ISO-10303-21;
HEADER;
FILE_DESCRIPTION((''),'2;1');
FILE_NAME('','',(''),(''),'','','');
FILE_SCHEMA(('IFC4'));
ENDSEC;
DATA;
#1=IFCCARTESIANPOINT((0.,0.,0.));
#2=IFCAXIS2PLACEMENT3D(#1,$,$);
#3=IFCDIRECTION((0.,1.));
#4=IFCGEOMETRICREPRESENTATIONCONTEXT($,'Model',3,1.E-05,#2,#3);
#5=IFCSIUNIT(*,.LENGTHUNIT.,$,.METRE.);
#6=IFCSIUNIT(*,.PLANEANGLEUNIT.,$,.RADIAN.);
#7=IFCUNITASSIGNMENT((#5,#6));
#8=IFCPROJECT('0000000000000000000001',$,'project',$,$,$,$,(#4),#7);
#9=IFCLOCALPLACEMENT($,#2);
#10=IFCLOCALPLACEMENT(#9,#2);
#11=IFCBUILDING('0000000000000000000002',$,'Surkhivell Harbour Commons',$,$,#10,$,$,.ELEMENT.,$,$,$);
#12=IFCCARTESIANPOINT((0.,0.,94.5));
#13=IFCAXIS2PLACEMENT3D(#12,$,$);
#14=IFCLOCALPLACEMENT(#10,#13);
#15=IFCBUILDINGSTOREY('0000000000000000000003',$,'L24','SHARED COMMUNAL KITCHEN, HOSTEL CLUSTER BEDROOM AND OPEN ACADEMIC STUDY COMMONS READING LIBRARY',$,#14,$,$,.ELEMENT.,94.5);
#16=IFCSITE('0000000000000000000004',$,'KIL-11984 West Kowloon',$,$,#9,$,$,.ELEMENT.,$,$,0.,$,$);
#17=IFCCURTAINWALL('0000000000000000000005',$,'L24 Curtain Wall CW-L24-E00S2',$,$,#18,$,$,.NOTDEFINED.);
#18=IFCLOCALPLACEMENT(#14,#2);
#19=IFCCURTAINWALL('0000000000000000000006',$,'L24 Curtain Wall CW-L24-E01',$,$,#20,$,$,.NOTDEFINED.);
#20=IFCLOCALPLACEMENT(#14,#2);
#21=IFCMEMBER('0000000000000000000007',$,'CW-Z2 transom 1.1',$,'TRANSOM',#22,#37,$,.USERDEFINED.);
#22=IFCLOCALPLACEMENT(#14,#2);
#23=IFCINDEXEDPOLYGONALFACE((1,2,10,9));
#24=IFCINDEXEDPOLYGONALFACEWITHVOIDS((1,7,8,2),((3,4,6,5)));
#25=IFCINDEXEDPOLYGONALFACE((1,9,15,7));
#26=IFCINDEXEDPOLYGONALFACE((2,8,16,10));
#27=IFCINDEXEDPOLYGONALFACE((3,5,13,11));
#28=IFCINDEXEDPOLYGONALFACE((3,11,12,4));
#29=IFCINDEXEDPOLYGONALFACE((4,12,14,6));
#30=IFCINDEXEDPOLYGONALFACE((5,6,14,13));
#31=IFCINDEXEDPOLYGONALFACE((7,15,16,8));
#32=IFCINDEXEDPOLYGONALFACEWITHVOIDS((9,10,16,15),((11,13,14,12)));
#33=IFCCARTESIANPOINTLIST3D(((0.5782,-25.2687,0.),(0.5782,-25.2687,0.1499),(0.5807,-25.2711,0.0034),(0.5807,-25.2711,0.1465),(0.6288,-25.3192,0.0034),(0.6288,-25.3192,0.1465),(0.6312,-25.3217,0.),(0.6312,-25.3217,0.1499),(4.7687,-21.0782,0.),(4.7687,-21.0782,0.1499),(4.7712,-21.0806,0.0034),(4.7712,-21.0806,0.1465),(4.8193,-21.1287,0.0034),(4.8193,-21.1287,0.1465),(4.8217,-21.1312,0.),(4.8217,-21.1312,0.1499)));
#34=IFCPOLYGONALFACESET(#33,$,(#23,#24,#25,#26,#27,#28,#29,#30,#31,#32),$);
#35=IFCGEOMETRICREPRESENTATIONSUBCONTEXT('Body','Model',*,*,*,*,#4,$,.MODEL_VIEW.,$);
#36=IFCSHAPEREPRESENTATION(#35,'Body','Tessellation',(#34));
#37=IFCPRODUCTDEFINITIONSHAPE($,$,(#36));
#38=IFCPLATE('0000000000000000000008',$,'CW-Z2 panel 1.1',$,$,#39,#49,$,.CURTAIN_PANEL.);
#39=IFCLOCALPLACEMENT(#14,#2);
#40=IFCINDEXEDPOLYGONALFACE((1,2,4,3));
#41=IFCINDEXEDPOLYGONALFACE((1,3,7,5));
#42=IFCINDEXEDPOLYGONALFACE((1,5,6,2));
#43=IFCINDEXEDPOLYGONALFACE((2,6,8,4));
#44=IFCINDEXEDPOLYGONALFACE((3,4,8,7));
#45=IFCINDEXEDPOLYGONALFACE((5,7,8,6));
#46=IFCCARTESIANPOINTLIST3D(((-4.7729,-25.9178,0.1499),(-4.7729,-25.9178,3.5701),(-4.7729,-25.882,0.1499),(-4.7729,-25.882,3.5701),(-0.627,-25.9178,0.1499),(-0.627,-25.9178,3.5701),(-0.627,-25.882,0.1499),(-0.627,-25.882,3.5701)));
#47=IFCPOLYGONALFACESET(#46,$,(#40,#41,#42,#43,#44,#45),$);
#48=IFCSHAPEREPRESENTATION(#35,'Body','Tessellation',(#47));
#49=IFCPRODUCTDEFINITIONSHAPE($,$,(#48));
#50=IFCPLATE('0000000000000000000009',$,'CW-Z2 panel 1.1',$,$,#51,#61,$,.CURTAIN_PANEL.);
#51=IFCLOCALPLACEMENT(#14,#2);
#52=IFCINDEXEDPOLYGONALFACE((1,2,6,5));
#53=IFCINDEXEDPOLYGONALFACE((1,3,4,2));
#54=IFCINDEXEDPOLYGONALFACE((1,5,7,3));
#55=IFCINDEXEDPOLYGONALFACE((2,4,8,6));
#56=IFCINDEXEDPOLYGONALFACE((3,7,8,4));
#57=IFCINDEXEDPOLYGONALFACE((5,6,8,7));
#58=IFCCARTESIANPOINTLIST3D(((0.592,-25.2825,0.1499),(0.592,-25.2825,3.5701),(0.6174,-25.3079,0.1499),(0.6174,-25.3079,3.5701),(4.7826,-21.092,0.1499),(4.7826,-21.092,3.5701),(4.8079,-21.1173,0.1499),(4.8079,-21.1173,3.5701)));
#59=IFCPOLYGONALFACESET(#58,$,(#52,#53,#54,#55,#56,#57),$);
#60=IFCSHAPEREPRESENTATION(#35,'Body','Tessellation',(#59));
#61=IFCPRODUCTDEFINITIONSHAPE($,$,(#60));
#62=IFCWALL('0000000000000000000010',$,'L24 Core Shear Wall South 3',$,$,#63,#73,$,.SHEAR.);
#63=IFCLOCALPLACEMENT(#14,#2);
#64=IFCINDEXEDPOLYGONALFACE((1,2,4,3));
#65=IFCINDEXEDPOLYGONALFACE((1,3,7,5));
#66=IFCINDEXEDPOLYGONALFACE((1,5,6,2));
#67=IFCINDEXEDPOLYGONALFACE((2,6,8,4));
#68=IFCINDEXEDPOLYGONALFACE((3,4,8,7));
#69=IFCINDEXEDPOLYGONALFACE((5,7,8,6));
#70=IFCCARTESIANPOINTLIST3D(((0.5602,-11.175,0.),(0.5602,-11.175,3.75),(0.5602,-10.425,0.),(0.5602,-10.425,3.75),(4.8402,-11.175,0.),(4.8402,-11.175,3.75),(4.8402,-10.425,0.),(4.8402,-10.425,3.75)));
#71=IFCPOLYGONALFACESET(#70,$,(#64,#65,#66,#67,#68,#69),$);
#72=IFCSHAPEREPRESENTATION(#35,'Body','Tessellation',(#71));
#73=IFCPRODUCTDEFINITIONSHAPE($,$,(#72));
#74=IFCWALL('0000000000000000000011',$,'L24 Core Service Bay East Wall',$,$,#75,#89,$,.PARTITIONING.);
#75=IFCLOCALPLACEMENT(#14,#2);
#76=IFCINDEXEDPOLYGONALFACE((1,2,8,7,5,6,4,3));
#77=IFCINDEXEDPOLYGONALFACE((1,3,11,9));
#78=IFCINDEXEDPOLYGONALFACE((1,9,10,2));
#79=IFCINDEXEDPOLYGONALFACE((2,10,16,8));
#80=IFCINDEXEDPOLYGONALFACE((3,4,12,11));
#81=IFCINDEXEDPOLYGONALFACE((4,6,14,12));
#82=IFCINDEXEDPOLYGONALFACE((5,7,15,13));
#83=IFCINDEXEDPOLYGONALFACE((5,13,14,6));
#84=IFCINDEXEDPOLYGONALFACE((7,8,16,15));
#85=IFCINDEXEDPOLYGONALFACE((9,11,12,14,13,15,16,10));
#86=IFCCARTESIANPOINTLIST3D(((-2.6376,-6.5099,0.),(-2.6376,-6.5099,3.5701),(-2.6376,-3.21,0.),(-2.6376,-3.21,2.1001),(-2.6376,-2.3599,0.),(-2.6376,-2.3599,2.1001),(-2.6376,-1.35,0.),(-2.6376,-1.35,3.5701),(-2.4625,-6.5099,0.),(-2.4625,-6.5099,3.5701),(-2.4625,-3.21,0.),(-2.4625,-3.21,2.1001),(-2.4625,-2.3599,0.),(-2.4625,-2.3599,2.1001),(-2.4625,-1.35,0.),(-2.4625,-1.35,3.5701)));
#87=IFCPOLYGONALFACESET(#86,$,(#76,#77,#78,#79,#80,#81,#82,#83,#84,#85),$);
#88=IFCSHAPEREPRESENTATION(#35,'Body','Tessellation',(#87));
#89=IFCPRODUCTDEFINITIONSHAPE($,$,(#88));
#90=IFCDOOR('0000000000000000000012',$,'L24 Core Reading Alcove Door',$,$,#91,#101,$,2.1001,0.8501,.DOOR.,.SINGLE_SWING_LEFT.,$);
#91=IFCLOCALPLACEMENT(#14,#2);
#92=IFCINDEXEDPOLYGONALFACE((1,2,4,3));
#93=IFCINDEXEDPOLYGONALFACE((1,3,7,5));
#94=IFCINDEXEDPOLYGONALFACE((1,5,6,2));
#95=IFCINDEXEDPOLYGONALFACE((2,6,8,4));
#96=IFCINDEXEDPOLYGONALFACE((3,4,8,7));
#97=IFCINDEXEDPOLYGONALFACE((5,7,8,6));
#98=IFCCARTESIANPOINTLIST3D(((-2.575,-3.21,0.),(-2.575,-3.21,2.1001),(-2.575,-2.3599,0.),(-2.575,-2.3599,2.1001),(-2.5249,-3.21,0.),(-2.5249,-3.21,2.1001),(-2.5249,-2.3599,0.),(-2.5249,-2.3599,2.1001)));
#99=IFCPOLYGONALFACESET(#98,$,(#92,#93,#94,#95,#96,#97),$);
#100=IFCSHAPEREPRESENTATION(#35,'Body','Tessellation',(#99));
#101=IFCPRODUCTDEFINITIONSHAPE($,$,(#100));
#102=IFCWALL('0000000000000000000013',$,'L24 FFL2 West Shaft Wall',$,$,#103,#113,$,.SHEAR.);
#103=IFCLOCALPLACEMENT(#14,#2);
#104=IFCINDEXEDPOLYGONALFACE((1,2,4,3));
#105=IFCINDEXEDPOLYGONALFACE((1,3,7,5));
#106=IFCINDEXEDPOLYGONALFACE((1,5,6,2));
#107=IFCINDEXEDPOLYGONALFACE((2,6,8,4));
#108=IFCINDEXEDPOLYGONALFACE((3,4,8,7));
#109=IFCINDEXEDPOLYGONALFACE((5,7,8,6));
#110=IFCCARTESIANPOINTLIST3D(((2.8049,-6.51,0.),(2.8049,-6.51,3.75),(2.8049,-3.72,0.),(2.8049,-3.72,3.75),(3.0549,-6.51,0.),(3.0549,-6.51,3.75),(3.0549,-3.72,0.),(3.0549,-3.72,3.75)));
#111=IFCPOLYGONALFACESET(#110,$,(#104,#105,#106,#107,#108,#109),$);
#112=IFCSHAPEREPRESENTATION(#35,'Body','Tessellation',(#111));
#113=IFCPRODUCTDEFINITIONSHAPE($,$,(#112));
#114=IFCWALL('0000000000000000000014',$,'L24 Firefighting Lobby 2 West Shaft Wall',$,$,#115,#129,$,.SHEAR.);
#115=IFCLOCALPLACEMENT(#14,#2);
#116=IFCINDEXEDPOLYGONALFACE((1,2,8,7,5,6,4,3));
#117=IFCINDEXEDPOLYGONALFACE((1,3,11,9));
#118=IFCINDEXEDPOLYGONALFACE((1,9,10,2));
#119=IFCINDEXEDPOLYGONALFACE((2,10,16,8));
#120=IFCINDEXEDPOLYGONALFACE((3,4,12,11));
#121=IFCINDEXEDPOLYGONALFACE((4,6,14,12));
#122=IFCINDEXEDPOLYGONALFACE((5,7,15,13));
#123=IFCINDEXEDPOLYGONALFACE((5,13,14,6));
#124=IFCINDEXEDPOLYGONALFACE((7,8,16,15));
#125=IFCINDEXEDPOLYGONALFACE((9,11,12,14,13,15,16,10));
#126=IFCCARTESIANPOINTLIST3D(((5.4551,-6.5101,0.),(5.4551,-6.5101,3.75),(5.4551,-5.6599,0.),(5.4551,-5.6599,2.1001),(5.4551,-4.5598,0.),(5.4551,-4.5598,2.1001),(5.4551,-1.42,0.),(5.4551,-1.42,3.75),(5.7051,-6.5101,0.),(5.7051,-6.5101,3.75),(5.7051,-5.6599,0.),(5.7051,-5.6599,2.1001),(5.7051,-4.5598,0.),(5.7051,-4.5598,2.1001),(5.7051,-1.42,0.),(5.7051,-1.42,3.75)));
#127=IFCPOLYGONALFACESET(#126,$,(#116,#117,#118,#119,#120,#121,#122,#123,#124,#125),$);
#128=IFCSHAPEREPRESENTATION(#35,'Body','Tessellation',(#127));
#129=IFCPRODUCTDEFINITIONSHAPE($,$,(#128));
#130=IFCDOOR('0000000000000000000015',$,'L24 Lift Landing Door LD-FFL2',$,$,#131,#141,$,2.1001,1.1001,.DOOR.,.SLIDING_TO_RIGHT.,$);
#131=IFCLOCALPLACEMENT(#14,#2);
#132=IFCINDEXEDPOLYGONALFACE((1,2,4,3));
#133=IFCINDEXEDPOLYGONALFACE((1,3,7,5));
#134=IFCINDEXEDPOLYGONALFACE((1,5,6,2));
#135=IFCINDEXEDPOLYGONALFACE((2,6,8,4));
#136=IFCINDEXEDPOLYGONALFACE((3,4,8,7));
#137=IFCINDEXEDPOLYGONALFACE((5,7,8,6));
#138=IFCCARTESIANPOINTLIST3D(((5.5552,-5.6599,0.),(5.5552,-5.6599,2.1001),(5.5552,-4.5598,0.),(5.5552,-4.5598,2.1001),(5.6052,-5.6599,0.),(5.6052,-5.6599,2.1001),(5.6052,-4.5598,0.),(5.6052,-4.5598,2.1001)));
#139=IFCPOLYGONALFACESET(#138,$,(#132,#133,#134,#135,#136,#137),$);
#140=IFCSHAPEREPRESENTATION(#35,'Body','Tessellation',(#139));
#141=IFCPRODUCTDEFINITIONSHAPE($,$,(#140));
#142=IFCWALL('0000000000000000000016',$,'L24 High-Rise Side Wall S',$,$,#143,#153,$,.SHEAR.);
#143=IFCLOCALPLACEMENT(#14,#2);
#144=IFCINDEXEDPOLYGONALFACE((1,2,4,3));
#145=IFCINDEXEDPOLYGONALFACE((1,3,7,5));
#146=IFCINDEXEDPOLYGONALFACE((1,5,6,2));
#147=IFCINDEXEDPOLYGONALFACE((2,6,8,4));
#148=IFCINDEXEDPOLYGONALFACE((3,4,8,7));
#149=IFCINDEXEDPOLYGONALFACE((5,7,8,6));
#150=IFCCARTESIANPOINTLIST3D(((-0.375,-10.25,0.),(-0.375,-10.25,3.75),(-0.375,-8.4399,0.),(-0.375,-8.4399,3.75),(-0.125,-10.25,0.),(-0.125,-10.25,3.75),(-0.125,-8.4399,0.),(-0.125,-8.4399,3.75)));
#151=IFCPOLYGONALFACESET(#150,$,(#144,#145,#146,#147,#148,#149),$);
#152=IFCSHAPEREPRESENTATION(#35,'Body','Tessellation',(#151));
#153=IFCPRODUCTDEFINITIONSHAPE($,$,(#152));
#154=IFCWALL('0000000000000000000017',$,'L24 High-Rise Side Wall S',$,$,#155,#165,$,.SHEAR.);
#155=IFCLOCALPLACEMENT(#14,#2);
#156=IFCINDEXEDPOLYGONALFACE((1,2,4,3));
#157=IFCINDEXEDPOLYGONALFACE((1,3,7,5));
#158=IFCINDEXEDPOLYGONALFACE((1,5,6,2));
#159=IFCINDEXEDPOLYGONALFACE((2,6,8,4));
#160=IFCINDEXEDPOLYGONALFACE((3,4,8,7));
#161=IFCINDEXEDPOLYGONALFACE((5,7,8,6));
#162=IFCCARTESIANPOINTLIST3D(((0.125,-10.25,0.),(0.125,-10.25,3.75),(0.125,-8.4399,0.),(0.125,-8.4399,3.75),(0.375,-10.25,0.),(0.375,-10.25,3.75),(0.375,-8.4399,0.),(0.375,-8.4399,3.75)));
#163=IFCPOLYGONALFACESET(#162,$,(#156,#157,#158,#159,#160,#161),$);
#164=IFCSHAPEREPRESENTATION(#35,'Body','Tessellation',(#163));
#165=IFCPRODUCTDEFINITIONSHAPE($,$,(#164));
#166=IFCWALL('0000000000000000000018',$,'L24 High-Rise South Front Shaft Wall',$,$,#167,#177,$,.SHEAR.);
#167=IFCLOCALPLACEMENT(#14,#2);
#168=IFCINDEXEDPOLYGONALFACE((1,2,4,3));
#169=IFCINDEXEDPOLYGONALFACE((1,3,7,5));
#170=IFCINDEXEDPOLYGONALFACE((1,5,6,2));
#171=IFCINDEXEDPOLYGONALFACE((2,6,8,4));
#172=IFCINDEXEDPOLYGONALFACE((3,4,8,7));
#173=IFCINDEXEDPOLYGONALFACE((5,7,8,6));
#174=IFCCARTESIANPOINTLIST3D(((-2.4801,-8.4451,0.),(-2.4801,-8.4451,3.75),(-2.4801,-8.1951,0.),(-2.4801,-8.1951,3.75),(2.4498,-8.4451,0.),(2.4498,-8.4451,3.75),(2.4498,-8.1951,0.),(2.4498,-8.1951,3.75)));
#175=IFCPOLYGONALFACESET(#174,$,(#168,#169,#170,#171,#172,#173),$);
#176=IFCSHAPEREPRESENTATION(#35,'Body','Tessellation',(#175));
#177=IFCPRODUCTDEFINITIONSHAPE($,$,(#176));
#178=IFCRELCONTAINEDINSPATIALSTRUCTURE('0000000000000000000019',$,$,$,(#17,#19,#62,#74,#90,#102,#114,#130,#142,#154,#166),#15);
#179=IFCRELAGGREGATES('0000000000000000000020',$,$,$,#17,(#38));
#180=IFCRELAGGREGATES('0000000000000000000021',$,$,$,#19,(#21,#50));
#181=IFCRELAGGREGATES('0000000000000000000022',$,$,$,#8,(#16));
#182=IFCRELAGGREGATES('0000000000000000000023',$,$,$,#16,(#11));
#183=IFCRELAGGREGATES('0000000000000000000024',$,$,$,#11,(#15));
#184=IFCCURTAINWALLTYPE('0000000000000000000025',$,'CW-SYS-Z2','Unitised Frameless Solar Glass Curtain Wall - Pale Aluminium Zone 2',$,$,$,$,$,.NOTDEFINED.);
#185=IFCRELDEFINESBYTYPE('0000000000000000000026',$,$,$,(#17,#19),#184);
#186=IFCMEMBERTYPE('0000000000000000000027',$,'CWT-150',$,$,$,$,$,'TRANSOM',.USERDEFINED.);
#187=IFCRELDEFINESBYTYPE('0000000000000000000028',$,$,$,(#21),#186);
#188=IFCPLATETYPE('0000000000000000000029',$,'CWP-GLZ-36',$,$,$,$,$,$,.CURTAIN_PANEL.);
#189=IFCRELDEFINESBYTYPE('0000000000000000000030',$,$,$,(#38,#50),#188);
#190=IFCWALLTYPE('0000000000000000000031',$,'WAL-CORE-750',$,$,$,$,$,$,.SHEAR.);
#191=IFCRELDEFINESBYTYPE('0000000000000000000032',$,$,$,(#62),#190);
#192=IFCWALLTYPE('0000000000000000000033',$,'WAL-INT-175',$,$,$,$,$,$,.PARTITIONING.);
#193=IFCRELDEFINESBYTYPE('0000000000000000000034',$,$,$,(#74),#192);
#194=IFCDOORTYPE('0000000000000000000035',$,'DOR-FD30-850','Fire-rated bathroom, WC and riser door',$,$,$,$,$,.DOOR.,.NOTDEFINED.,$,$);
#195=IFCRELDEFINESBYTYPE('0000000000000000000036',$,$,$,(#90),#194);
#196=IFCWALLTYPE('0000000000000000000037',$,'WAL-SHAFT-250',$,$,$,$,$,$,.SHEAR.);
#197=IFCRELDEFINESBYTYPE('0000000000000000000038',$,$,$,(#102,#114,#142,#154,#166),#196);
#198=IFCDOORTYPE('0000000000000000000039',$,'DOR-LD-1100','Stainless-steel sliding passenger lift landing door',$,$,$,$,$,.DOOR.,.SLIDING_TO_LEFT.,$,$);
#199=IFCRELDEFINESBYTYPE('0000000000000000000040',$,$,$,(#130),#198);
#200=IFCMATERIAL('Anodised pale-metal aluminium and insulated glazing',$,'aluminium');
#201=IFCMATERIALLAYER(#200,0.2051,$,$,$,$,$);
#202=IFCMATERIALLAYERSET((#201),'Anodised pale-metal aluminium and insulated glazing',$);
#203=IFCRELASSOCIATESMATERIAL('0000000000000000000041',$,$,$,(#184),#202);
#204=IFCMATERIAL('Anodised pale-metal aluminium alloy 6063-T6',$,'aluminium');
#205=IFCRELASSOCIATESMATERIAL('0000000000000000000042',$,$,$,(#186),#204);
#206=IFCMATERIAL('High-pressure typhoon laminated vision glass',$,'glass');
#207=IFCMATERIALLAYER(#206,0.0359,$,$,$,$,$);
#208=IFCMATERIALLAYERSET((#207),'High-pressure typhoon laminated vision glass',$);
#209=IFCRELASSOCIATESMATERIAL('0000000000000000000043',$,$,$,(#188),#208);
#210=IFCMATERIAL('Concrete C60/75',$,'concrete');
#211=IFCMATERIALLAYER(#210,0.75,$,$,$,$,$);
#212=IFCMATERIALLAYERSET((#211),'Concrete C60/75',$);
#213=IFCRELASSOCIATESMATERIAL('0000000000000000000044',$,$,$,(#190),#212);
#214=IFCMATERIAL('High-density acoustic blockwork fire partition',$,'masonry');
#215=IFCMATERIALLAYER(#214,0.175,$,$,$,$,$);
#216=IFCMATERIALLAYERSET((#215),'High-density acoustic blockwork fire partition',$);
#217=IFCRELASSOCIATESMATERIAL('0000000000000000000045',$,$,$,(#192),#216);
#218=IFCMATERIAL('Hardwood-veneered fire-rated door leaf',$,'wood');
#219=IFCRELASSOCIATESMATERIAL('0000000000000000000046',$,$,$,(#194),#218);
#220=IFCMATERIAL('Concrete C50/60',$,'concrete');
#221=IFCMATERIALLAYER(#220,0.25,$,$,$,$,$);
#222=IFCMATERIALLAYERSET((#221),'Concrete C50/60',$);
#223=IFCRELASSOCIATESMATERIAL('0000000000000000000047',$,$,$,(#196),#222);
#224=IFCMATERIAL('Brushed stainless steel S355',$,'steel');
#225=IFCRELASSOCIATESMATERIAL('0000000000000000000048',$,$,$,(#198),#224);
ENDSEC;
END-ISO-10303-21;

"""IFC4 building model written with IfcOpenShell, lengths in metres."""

from ifc_helpers import new_model, si_unit, direction, frame, frame_2d, origin, origin_2d, place, context, subcontext, project, spatial, rectangle, hollow_rectangle, extrude, material, layer, layer_set, material_profile, profile_set, type_object, element, fill, aggregate, save


model = new_model("IFC4")

# Units and contexts
model_context = context("Model", 3, precision=1e-05, world=origin(), true_north=direction((0.0, 1.0)))
body_context = subcontext(model_context, "Body", "Model", "MODEL_VIEW")
ifc_project = project(units=[si_unit("LENGTHUNIT", "METRE"), si_unit("PLANEANGLEUNIT", "RADIAN")], contexts=[model_context])

# Site, building, storey
site_placement = place(None, origin())
site = spatial("IfcSite", under=ifc_project, at=site_placement, Name="KIL-11984 West Kowloon", CompositionType="ELEMENT", RefElevation=0.0)
building_placement = place(site_placement, origin())
building = spatial("IfcBuilding", under=site, at=building_placement, Name="Surkhivell Harbour Commons", CompositionType="ELEMENT")
storey_placement = place(building_placement, frame((0.0, 0.0, 94.5)))
storey = spatial("IfcBuildingStorey", under=building, at=storey_placement, Name="L24", Description="SHARED COMMUNAL KITCHEN, HOSTEL CLUSTER BEDROOM AND OPEN ACADEMIC STUDY COMMONS READING LIBRARY", CompositionType="ELEMENT", Elevation=94.5)

# Shared definitions
ifc_material_1 = material(Name="Concrete C60/75", Category="concrete")

# Curtain wall
ifc_material_2 = material(Name="Anodised pale-metal aluminium and insulated glazing", Category="aluminium")
ifc_layer_1 = layer(ifc_material_2, 0.2051)
ifc_layer_set_1 = layer_set([ifc_layer_1], Name="Anodised pale-metal aluminium and insulated glazing")
curtain_wall_type = type_object("IfcCurtainWallType", Name="CW-SYS-Z2", Description="Unitised Frameless Solar Glass Curtain Wall - Pale Aluminium Zone 2", PredefinedType="NOTDEFINED", material=ifc_layer_set_1)
curtain_wall_1_placement = place(storey_placement, origin())
curtain_wall_1 = element("IfcCurtainWall", 1, at=curtain_wall_1_placement, inside=storey, type_object=curtain_wall_type, Name="L24 Curtain Wall CW-L24-E00S2", PredefinedType="NOTDEFINED")
ifc_material_3 = material(Name="Anodised pale-metal aluminium alloy 6063-T6", Category="aluminium")

# Curtain wall
curtain_wall_2_placement = place(storey_placement, origin())
curtain_wall_2 = element("IfcCurtainWall", 2, at=curtain_wall_2_placement, inside=storey, type_object=curtain_wall_type, Name="L24 Curtain Wall CW-L24-E01", PredefinedType="NOTDEFINED")

# Member
ifc_material_profile_1 = material_profile(ifc_material_3, hollow_rectangle(XDim=0.075, YDim=0.1499, WallThickness=0.0034, at=origin_2d()), Name="ALU-TRAN-75x150")
ifc_profile_set_1 = profile_set([ifc_material_profile_1], Name="Anodised pale-metal aluminium alloy 6063-T6")
member_type_1 = type_object("IfcMemberType", Name="CWT-150", ElementType="TRANSOM", PredefinedType="USERDEFINED", material=ifc_profile_set_1)
member_1_placement = place(storey_placement, frame((0.6047, -25.2952, 0.075), z_axis=(0.707107, 0.707107, 0.0), x_axis=(-0.707107, 0.707107, 0.0)))
member_1 = element("IfcMember", 3, at=member_1_placement, type_object=member_type_1, Name="CW-Z2 transom 1.1", ObjectType="TRANSOM", PredefinedType="USERDEFINED", context=body_context, shape_type="SweptSolid", body=[
    extrude(hollow_rectangle(XDim=0.075, YDim=0.1499, WallThickness=0.0034, at=origin_2d()), origin(), (0.0, 0.0, 1.0), 5.9263),
])

# Plates
ifc_material_4 = material(Name="High-pressure typhoon laminated vision glass", Category="glass")
ifc_layer_2 = layer(ifc_material_4, 0.0359)
ifc_layer_set_2 = layer_set([ifc_layer_2], Name="High-pressure typhoon laminated vision glass")
plate_type = type_object("IfcPlateType", Name="CWP-GLZ-36", PredefinedType="CURTAIN_PANEL", material=ifc_layer_set_2)
plate_1_placement = place(storey_placement, frame((-4.7729, -25.8999, 0.1499), z_axis=(0.0, 0.0, 1.0), x_axis=(1.0, 0.0, 0.0)))
plate_1 = element("IfcPlate", 4, at=plate_1_placement, type_object=plate_type, Name="CW-Z2 panel 1.1", PredefinedType="CURTAIN_PANEL", context=body_context, shape_type="SweptSolid", body=[
    extrude(rectangle(XDim=4.146, YDim=0.0359, at=frame_2d((2.073, 0.0))), origin(), (0.0, 0.0, 1.0), 3.4202),
])
aggregate(curtain_wall_1, [plate_1])
plate_2_placement = place(storey_placement, frame((0.6047, -25.2952, 0.1499), z_axis=(0.0, 0.0, 1.0), x_axis=(0.707107, 0.707107, 0.0)))
plate_2 = element("IfcPlate", 5, at=plate_2_placement, type_object=plate_type, Name="CW-Z2 panel 1.1", PredefinedType="CURTAIN_PANEL", context=body_context, shape_type="SweptSolid", body=[
    extrude(rectangle(XDim=5.9263, YDim=0.0359, at=frame_2d((2.9631, 0.0))), origin(), (0.0, 0.0, 1.0), 3.4202),
])
aggregate(curtain_wall_2, [member_1, plate_2])

# Wall
ifc_layer_3 = layer(ifc_material_1, 0.75)
ifc_layer_set_3 = layer_set([ifc_layer_3], Name="Concrete C60/75")
wall_type_1 = type_object("IfcWallType", Name="WAL-CORE-750", PredefinedType="SHEAR", material=ifc_layer_set_3)
wall_1_placement = place(storey_placement, frame((0.5601, -10.8, 0.0), z_axis=(0.0, 0.0, 1.0), x_axis=(1.0, 0.0, 0.0)))
element("IfcWall", 6, at=wall_1_placement, inside=storey, type_object=wall_type_1, Name="L24 Core Shear Wall South 3", PredefinedType="SHEAR", context=body_context, shape_type="SweptSolid", body=[
    extrude(rectangle(XDim=4.28, YDim=0.75, at=frame_2d((2.1401, 0.0))), origin(), (0.0, 0.0, 1.0), 3.75),
])

# Wall, opening, door
ifc_material_5 = material(Name="High-density acoustic blockwork fire partition", Category="masonry")
ifc_layer_4 = layer(ifc_material_5, 0.175)
ifc_layer_set_4 = layer_set([ifc_layer_4], Name="High-density acoustic blockwork fire partition")
wall_type_2 = type_object("IfcWallType", Name="WAL-INT-175", PredefinedType="PARTITIONING", material=ifc_layer_set_4)
wall_2_placement = place(storey_placement, frame((-2.55, -6.51, 0.0), z_axis=(0.0, 0.0, 1.0), x_axis=(0.0, 1.0, 0.0)))
wall_2 = element("IfcWall", 7, at=wall_2_placement, inside=storey, type_object=wall_type_2, Name="L24 Core Service Bay East Wall", PredefinedType="PARTITIONING", context=body_context, shape_type="SweptSolid", body=[
    extrude(rectangle(XDim=5.1599, YDim=0.175, at=frame_2d((2.5801, 0.0))), origin(), (0.0, 0.0, 1.0), 3.5701),
])
opening_1_placement = place(wall_2_placement, frame((3.3, 0.0, 0.0)))
opening_1 = element("IfcOpeningElement", 8, at=opening_1_placement, cuts=wall_2, PredefinedType="OPENING", context=body_context, shape_type="SweptSolid", body=[
    extrude(rectangle(XDim=0.8501, YDim=2.1001, at=frame_2d((0.425, 1.05))), frame((0.0, 0.0974, 0.0), z_axis=(0.0, -1.0, 0.0), x_axis=(1.0, 0.0, 0.0)), (0.0, 0.0, 1.0), 0.1951),
])
ifc_material_6 = material(Name="Hardwood-veneered fire-rated door leaf", Category="wood")
door_type_1 = type_object("IfcDoorType", Name="DOR-FD30-850", Description="Fire-rated bathroom, WC and riser door", OperationType="NOTDEFINED", PredefinedType="DOOR", material=ifc_material_6)
door_1_placement = place(opening_1_placement, origin())
door_1 = element("IfcDoor", 9, at=door_1_placement, inside=storey, type_object=door_type_1, Name="L24 Core Reading Alcove Door", OperationType="SINGLE_SWING_LEFT", OverallHeight=2.1001, OverallWidth=0.8501, PredefinedType="DOOR", context=body_context, shape_type="SweptSolid", body=[
    extrude(rectangle(XDim=0.8501, YDim=2.1001, at=frame_2d((0.425, 1.05))), frame((0.0, 0.0249, 0.0), z_axis=(0.0, -1.0, 0.0), x_axis=(1.0, 0.0, 0.0)), (0.0, 0.0, 1.0), 0.05),
])
fill(opening_1, door_1)

# Wall
ifc_material_7 = material(Name="Concrete C50/60", Category="concrete")
ifc_layer_5 = layer(ifc_material_7, 0.25)
ifc_layer_set_5 = layer_set([ifc_layer_5], Name="Concrete C50/60")
wall_type_3 = type_object("IfcWallType", Name="WAL-SHAFT-250", PredefinedType="SHEAR", material=ifc_layer_set_5)
wall_3_placement = place(storey_placement, frame((2.9299, -6.51, 0.0), z_axis=(0.0, 0.0, 1.0), x_axis=(0.0, 1.0, 0.0)))
element("IfcWall", 10, at=wall_3_placement, inside=storey, type_object=wall_type_3, Name="L24 FFL2 West Shaft Wall", PredefinedType="SHEAR", context=body_context, shape_type="SweptSolid", body=[
    extrude(rectangle(XDim=2.79, YDim=0.25, at=frame_2d((1.395, 0.0))), origin(), (0.0, 0.0, 1.0), 3.75),
])

# Wall, opening, door
wall_4_placement = place(storey_placement, frame((5.5801, -6.51, 0.0), z_axis=(0.0, 0.0, 1.0), x_axis=(0.0, 1.0, 0.0)))
wall_4 = element("IfcWall", 11, at=wall_4_placement, inside=storey, type_object=wall_type_3, Name="L24 Firefighting Lobby 2 West Shaft Wall", PredefinedType="SHEAR", context=body_context, shape_type="SweptSolid", body=[
    extrude(rectangle(XDim=5.0901, YDim=0.25, at=frame_2d((2.5449, 0.0))), origin(), (0.0, 0.0, 1.0), 3.75),
])
opening_2_placement = place(wall_4_placement, frame((0.8501, 0.0, 0.0)))
opening_2 = element("IfcOpeningElement", 12, at=opening_2_placement, cuts=wall_4, PredefinedType="OPENING", context=body_context, shape_type="SweptSolid", body=[
    extrude(rectangle(XDim=1.1001, YDim=2.1001, at=frame_2d((0.55, 1.05))), frame((0.0, 0.135, 0.0), z_axis=(0.0, -1.0, 0.0), x_axis=(1.0, 0.0, 0.0)), (0.0, 0.0, 1.0), 0.27),
])
ifc_material_8 = material(Name="Brushed stainless steel S355", Category="steel")
door_type_2 = type_object("IfcDoorType", Name="DOR-LD-1100", Description="Stainless-steel sliding passenger lift landing door", OperationType="SLIDING_TO_LEFT", PredefinedType="DOOR", material=ifc_material_8)
door_2_placement = place(opening_2_placement, origin())
door_2 = element("IfcDoor", 13, at=door_2_placement, inside=storey, type_object=door_type_2, Name="L24 Lift Landing Door LD-FFL2", OperationType="SLIDING_TO_RIGHT", OverallHeight=2.1001, OverallWidth=1.1001, PredefinedType="DOOR", context=body_context, shape_type="SweptSolid", body=[
    extrude(rectangle(XDim=1.1001, YDim=2.1001, at=frame_2d((0.55, 1.05))), frame((0.0, 0.0249, 0.0), z_axis=(0.0, -1.0, 0.0), x_axis=(1.0, 0.0, 0.0)), (0.0, 0.0, 1.0), 0.05),
])
fill(opening_2, door_2)

# Walls
for number, where, z_axis, x_axis, name in (
    (14, (-0.25, -10.25, 0.0), (0.0, 0.0, 1.0), (0.0, 1.0, 0.0), "L24 High-Rise Side Wall S"),
    (15, (0.25, -10.25, 0.0), (0.0, 0.0, 1.0), (0.0, 1.0, 0.0), "L24 High-Rise Side Wall S"),
):
    element("IfcWall", number, at=place(storey_placement, frame(where, z_axis=z_axis, x_axis=x_axis)), inside=storey, type_object=wall_type_3, Name=name, PredefinedType="SHEAR", context=body_context, shape_type="SweptSolid", body=[
        extrude(rectangle(XDim=1.8101, YDim=0.25, at=frame_2d((0.905, 0.0))), origin(), (0.0, 0.0, 1.0), 3.75),
    ])
wall_5_placement = place(storey_placement, frame((-2.48, -8.3201, 0.0), z_axis=(0.0, 0.0, 1.0), x_axis=(1.0, 0.0, 0.0)))
element("IfcWall", 16, at=wall_5_placement, inside=storey, type_object=wall_type_3, Name="L24 High-Rise South Front Shaft Wall", PredefinedType="SHEAR", context=body_context, shape_type="SweptSolid", body=[
    extrude(rectangle(XDim=4.9299, YDim=0.25, at=frame_2d((2.4648, 0.0))), origin(), (0.0, 0.0, 1.0), 3.75),
])

save(model, "model.ifc")
